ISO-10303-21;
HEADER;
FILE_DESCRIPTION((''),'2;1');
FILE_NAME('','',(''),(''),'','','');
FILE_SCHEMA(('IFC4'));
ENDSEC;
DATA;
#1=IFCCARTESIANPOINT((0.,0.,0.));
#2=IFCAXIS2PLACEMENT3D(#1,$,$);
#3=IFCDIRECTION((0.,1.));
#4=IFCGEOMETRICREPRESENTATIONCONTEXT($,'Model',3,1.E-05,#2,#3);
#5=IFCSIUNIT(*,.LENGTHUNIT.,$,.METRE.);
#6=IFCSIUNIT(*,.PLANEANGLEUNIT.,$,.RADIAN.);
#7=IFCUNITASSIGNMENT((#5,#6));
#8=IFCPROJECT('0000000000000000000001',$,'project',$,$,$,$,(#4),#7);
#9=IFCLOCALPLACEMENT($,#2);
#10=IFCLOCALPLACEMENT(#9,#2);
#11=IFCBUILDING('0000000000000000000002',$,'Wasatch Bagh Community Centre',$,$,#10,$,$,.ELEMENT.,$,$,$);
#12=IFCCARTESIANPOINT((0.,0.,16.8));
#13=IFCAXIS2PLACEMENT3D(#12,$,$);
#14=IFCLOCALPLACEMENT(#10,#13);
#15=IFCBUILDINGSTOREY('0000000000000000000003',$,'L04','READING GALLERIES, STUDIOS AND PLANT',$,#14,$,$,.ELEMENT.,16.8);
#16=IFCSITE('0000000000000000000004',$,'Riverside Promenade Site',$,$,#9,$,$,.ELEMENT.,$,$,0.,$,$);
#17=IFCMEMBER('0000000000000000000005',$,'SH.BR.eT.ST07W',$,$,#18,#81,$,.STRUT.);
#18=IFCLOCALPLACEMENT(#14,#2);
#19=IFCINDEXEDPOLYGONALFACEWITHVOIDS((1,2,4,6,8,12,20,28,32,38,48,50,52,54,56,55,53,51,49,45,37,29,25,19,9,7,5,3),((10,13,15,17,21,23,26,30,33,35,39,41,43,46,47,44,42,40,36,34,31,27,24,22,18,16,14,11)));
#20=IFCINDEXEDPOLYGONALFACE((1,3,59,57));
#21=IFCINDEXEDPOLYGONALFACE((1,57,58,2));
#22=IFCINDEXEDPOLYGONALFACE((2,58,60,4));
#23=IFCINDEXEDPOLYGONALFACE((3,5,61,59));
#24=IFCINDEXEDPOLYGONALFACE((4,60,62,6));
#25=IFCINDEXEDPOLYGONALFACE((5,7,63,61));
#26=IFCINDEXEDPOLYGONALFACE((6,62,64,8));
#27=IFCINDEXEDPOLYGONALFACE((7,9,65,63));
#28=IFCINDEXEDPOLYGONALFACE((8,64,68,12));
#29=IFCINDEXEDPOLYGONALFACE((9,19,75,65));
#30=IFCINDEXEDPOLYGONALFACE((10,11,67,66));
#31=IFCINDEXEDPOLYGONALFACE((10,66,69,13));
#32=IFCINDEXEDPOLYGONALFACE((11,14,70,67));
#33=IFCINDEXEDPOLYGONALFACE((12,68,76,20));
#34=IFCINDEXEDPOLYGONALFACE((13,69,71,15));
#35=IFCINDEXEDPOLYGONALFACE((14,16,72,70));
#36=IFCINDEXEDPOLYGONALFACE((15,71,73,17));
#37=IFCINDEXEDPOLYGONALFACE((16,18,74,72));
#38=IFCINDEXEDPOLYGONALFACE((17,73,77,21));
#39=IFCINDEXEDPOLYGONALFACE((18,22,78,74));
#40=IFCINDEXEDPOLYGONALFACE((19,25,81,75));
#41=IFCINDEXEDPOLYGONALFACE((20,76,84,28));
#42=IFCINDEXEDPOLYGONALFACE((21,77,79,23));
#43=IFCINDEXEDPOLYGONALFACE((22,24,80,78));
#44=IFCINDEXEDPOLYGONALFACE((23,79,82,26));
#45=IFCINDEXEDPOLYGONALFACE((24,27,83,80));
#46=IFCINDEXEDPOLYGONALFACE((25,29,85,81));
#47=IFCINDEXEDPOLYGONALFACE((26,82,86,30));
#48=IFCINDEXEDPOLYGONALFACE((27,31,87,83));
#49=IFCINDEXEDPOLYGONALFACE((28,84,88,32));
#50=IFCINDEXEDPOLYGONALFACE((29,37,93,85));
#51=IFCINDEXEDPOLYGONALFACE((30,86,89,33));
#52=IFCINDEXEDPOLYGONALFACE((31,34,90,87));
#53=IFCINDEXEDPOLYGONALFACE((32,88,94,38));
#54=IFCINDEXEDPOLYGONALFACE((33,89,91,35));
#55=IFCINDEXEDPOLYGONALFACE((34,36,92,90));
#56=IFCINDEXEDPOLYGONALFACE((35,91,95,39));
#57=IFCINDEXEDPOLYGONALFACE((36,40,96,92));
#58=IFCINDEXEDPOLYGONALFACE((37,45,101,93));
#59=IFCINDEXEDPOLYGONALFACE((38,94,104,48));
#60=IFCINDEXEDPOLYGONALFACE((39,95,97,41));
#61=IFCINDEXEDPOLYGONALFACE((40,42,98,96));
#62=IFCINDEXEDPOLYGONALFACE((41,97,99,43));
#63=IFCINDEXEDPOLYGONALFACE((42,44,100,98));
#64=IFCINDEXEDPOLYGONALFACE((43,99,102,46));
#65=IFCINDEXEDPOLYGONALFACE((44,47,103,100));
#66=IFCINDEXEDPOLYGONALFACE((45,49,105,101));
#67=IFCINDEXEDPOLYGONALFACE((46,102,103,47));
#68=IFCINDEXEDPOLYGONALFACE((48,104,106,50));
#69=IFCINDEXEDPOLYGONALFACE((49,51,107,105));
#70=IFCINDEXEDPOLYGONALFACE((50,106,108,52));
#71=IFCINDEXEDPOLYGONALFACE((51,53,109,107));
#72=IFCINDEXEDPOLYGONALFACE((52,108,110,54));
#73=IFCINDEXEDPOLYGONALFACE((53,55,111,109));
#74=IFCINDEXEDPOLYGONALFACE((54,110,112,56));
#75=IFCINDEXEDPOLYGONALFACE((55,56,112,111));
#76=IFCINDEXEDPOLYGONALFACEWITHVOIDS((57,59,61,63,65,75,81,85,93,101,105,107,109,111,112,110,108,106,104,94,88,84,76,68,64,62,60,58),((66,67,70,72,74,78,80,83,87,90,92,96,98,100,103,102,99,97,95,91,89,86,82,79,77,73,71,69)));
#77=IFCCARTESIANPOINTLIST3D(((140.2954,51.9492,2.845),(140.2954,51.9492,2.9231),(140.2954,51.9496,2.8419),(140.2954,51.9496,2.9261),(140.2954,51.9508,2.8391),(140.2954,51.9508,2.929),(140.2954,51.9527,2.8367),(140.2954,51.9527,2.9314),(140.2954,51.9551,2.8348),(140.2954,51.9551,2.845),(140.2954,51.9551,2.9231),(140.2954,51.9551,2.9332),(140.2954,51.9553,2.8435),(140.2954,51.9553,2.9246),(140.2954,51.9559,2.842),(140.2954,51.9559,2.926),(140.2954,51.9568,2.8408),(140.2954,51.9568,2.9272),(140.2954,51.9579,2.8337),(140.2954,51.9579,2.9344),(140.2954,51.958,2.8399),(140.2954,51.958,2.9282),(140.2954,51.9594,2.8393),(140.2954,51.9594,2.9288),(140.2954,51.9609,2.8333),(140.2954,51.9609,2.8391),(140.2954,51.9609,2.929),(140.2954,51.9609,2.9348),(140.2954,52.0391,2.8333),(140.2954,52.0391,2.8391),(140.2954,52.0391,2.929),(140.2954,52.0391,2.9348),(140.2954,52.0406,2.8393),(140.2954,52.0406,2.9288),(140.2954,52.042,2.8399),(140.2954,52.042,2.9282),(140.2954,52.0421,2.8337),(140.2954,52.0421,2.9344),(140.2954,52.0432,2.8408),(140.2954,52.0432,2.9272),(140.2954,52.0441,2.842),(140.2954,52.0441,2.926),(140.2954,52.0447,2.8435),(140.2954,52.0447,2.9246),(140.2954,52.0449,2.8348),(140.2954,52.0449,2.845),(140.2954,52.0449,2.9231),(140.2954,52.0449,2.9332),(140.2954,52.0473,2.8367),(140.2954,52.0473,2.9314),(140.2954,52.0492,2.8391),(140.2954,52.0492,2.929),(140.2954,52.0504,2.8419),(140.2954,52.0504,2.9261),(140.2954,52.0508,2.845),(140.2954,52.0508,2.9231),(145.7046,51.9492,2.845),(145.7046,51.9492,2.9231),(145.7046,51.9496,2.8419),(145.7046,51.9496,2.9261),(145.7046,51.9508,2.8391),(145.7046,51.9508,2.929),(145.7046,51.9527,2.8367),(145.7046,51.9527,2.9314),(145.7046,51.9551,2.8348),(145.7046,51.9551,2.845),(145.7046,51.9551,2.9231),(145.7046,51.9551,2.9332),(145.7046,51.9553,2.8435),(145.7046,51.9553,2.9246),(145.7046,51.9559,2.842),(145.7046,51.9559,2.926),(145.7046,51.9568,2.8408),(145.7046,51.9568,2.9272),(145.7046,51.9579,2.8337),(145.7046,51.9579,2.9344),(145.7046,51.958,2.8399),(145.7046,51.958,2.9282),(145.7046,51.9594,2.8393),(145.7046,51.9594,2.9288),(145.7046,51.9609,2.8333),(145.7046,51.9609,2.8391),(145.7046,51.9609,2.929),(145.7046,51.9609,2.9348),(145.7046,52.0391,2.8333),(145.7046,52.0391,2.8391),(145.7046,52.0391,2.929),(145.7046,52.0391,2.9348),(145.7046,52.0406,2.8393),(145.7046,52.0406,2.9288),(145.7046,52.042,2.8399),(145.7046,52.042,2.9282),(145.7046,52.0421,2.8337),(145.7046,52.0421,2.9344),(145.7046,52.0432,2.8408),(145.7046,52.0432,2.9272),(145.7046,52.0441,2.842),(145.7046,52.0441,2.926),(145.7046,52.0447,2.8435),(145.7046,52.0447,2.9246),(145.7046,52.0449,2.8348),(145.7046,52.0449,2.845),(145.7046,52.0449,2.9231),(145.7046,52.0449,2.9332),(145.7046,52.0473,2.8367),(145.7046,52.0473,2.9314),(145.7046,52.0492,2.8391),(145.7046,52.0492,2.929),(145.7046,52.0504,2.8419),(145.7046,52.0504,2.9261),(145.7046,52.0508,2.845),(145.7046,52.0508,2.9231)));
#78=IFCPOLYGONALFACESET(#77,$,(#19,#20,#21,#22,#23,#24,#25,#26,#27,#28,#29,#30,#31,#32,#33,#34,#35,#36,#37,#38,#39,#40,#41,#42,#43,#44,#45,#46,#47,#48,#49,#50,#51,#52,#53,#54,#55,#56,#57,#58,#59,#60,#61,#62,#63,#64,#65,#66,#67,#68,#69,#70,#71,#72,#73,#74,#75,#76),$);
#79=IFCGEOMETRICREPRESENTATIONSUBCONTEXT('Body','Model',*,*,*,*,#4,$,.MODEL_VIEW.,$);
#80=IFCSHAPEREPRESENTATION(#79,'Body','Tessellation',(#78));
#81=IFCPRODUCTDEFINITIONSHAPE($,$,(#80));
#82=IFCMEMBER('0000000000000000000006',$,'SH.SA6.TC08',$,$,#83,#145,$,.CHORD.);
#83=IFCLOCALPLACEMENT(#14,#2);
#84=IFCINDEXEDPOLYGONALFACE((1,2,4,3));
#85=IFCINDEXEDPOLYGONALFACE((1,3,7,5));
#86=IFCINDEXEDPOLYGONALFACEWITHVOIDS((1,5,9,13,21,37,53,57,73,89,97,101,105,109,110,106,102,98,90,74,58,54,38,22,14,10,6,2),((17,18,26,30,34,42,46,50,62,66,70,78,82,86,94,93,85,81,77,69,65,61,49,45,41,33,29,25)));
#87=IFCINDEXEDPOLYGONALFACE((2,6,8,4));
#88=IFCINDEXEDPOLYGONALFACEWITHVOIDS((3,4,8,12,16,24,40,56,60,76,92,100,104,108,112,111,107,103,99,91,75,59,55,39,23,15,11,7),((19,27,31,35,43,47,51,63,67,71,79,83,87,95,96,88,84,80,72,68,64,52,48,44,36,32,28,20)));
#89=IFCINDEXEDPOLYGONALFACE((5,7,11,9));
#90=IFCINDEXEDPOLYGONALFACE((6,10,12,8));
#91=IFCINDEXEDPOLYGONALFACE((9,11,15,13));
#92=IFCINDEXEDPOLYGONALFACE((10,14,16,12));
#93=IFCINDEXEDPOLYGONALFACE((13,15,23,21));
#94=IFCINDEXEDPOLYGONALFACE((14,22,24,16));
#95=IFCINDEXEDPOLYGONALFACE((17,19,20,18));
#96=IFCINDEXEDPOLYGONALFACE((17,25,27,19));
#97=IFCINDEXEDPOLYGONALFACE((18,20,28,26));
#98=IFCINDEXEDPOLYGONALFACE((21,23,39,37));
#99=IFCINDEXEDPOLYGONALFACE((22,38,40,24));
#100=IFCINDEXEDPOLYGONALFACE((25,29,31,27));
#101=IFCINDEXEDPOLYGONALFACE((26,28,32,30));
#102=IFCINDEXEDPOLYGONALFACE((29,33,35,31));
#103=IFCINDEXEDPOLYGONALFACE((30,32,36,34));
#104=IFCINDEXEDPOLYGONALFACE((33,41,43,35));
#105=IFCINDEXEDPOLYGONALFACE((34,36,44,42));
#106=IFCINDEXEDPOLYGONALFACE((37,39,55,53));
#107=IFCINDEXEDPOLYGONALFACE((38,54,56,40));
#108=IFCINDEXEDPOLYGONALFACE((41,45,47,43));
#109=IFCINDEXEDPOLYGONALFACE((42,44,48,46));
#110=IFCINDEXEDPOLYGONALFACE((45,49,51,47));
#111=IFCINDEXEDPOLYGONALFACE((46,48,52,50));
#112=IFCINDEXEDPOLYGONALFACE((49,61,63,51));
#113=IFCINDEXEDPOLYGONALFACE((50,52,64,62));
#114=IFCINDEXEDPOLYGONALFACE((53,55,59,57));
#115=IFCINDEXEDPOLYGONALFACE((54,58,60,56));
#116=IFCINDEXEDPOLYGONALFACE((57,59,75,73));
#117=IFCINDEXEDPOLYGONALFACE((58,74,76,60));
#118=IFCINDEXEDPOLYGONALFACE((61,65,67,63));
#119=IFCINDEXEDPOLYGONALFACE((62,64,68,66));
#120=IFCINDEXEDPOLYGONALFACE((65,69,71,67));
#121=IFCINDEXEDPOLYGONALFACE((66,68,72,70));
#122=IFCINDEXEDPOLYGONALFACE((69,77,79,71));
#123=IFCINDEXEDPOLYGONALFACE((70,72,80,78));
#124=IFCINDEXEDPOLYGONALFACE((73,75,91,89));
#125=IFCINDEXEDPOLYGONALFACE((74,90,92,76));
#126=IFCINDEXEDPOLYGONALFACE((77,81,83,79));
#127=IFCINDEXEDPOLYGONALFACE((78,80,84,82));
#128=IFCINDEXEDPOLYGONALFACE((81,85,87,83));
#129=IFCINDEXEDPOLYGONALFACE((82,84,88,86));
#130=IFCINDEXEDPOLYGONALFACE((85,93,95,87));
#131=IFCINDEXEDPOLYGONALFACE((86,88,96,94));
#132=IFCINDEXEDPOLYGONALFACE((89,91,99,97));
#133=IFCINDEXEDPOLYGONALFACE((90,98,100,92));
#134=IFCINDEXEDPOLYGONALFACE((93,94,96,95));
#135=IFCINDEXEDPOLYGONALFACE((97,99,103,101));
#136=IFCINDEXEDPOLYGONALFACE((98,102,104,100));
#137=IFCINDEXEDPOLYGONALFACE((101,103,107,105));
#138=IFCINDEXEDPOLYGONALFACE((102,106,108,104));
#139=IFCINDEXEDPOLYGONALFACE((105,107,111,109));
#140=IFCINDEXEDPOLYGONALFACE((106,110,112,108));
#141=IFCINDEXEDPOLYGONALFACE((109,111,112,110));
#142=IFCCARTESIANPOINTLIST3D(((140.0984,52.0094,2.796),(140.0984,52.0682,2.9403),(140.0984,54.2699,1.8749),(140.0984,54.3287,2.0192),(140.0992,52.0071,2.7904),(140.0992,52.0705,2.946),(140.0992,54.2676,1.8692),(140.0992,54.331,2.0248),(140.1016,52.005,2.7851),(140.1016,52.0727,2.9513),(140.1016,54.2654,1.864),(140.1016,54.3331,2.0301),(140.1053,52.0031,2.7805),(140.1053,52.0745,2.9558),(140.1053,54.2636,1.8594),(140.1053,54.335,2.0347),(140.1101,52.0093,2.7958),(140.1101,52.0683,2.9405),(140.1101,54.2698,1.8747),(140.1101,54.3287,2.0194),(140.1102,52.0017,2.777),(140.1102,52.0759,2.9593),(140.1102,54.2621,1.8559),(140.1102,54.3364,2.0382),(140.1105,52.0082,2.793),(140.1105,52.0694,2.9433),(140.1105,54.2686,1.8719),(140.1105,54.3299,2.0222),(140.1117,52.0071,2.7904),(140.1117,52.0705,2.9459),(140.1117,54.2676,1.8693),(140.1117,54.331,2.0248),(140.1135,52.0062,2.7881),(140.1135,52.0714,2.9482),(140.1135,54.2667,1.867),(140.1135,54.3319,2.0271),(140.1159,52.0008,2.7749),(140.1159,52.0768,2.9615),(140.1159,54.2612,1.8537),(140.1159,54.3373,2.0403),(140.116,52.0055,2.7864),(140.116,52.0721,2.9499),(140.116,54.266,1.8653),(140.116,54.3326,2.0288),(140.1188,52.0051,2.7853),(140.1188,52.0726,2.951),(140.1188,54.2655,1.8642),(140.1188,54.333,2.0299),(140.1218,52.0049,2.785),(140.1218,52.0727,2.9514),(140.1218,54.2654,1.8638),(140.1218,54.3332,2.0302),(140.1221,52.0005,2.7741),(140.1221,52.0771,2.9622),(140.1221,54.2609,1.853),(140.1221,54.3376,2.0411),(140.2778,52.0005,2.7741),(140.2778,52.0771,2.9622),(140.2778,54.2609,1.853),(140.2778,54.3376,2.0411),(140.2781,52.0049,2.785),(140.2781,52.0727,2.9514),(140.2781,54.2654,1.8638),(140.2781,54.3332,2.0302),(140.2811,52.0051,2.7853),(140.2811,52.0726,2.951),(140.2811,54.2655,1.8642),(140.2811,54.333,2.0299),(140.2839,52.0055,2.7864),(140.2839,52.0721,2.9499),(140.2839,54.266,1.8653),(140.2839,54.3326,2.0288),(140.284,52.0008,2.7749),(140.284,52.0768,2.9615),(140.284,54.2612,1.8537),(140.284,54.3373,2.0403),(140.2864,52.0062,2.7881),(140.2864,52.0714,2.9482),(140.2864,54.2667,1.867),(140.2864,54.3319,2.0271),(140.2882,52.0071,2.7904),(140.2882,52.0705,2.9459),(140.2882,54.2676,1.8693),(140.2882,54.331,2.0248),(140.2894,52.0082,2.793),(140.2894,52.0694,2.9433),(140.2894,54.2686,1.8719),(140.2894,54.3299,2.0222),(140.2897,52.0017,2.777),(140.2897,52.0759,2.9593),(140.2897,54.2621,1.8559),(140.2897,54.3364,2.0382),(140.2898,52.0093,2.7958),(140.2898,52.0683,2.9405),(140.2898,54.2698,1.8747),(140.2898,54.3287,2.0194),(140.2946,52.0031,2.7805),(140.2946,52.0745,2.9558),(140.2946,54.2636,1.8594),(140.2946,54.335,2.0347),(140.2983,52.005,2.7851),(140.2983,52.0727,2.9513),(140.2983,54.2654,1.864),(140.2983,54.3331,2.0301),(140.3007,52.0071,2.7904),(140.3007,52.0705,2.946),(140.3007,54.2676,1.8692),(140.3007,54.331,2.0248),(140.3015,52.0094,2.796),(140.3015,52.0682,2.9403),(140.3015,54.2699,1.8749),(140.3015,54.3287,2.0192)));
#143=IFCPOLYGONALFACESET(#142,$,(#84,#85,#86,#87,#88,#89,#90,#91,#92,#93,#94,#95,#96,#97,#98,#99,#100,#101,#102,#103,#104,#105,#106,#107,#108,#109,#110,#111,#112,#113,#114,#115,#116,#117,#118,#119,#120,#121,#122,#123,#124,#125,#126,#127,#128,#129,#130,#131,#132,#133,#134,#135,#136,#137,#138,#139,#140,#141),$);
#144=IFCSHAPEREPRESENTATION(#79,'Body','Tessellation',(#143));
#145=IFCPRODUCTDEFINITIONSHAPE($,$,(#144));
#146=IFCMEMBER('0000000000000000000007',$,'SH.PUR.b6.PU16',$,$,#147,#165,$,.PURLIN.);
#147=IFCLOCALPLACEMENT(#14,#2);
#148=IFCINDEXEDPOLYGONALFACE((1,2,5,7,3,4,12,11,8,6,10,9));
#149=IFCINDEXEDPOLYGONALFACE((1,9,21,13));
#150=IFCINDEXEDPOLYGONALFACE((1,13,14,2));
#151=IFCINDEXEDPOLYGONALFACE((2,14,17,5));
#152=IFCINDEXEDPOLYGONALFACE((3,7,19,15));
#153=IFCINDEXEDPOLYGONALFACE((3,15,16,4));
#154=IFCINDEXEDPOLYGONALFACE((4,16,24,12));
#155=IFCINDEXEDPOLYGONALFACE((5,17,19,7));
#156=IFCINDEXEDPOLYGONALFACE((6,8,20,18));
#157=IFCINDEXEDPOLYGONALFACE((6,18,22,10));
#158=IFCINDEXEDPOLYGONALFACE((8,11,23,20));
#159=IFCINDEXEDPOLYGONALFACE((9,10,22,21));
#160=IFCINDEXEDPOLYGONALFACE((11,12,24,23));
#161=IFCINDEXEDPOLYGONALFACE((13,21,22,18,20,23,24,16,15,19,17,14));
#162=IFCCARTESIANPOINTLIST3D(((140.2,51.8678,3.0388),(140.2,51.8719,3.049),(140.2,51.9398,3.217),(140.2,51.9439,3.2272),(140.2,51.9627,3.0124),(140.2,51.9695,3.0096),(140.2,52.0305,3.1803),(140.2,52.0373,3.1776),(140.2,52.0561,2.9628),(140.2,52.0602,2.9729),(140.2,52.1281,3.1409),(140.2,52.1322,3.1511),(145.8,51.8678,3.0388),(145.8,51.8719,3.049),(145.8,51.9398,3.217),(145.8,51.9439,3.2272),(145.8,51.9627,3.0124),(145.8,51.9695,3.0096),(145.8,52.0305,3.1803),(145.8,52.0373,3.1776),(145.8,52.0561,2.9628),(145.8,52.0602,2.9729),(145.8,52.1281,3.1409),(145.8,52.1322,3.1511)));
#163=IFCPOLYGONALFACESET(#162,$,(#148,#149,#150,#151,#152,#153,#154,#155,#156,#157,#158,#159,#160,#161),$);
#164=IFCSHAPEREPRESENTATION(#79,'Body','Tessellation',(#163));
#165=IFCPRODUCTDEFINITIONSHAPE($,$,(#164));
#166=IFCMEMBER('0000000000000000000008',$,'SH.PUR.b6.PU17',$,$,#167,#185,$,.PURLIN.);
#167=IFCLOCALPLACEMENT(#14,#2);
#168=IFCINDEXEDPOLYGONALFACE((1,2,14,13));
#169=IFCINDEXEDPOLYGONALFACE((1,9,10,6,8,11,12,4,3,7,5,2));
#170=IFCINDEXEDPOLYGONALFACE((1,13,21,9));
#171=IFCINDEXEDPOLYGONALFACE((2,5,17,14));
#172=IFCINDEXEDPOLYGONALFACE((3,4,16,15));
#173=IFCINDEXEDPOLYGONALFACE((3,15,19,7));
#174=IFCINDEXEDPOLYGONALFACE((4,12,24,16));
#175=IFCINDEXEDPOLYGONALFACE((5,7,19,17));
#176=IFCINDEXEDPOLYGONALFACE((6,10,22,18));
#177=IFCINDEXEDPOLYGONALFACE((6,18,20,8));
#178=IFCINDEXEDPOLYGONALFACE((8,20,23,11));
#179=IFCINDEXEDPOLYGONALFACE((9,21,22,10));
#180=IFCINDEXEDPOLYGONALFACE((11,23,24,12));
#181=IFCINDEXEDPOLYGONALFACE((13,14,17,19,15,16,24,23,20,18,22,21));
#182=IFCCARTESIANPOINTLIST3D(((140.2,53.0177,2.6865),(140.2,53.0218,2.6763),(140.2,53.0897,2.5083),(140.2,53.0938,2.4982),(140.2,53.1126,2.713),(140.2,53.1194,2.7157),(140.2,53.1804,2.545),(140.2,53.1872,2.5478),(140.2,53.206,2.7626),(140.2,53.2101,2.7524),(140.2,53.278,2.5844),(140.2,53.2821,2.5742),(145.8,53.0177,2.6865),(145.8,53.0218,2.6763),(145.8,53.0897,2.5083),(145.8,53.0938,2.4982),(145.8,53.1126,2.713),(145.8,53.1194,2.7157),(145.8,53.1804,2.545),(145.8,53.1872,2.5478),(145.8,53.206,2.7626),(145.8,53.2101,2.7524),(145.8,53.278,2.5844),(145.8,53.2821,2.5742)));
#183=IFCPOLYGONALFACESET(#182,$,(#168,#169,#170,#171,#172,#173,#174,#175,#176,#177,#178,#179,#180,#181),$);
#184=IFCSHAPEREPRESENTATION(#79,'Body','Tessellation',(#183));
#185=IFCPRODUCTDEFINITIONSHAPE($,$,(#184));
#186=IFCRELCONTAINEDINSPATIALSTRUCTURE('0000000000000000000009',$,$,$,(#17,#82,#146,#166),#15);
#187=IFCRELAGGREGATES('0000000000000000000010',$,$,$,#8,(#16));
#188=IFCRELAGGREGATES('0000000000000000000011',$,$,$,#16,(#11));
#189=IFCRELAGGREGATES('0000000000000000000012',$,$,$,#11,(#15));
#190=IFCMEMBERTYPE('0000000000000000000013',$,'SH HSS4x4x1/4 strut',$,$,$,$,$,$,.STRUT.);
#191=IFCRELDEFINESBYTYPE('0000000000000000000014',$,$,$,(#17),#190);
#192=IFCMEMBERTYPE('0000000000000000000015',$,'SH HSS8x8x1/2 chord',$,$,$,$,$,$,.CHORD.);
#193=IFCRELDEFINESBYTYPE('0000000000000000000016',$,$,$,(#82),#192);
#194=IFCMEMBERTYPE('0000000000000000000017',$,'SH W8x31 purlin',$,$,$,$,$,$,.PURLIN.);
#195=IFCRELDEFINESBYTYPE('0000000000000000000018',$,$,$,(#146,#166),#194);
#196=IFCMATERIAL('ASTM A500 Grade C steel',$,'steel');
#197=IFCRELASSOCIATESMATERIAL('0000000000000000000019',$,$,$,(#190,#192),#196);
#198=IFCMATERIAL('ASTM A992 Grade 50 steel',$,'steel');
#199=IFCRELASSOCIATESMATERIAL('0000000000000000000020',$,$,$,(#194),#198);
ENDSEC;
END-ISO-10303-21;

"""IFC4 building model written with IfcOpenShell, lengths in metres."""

from ifc_helpers import new_model, si_unit, direction, frame, origin, origin_2d, place, context, subcontext, project, spatial, hollow_rectangle, i_section, extrude, material, material_profile, profile_set, type_object, element, save


model = new_model("IFC4")

# Units and contexts
model_context = context("Model", 3, precision=1e-05, world=origin(), true_north=direction((0.0, 1.0)))
body_context = subcontext(model_context, "Body", "Model", "MODEL_VIEW")
ifc_project = project(units=[si_unit("LENGTHUNIT", "METRE"), si_unit("PLANEANGLEUNIT", "RADIAN")], contexts=[model_context])

# Site, building, storey
site_placement = place(None, origin())
site = spatial("IfcSite", under=ifc_project, at=site_placement, Name="Riverside Promenade Site", CompositionType="ELEMENT", RefElevation=0.0)
building_placement = place(site_placement, origin())
building = spatial("IfcBuilding", under=site, at=building_placement, Name="Wasatch Bagh Community Centre", CompositionType="ELEMENT")
storey_placement = place(building_placement, frame((0.0, 0.0, 16.8)))
storey = spatial("IfcBuildingStorey", under=building, at=storey_placement, Name="L04", Description="READING GALLERIES, STUDIOS AND PLANT", CompositionType="ELEMENT", Elevation=16.8)

# Members
ifc_material_1 = material(Name="ASTM A500 Grade C steel", Category="steel")
ifc_material_profile_1 = material_profile(ifc_material_1, hollow_rectangle(XDim=0.1016, YDim=0.1016, WallThickness=0.0059, InnerFilletRadius=0.0059, OuterFilletRadius=0.0117, at=origin_2d()), Name="HSS4x4x1/4")
ifc_profile_set_1 = profile_set([ifc_material_profile_1], Name="ASTM A500 Grade C steel")
member_type_1 = type_object("IfcMemberType", Name="SH HSS4x4x1/4 strut", PredefinedType="STRUT", material=ifc_profile_set_1)
member_1_placement = place(storey_placement, frame((140.2954, 52.0, 2.884), z_axis=(1.0, 0.0, 0.0), x_axis=(0.0, 1.0, 0.0)))
element("IfcMember", 1, at=member_1_placement, inside=storey, type_object=member_type_1, Name="SH.BR.eT.ST07W", PredefinedType="STRUT", context=body_context, shape_type="SweptSolid", body=[
    extrude(hollow_rectangle(XDim=0.1016, YDim=0.1016, WallThickness=0.0059, InnerFilletRadius=0.0059, OuterFilletRadius=0.0117, at=origin_2d()), origin(), (0.0, 0.0, 1.0), 5.4092),
])
ifc_material_profile_2 = material_profile(ifc_material_1, hollow_rectangle(XDim=0.2031, YDim=0.2031, WallThickness=0.0117, InnerFilletRadius=0.0117, OuterFilletRadius=0.0237, at=origin_2d()), Name="HSS8x8x1/2")
ifc_profile_set_2 = profile_set([ifc_material_profile_2], Name="ASTM A500 Grade C steel")
member_type_2 = type_object("IfcMemberType", Name="SH HSS8x8x1/2 chord", PredefinedType="CHORD", material=ifc_profile_set_2)
member_2_placement = place(storey_placement, frame((140.2, 52.0388, 2.8682), z_axis=(0.0, 0.926064, -0.377367), x_axis=(-1.0, 0.0, 0.0)))
element("IfcMember", 2, at=member_2_placement, inside=storey, type_object=member_type_2, Name="SH.SA6.TC08", PredefinedType="CHORD", context=body_context, shape_type="SweptSolid", body=[
    extrude(hollow_rectangle(XDim=0.2031, YDim=0.2031, WallThickness=0.0117, InnerFilletRadius=0.0117, OuterFilletRadius=0.0237, at=origin_2d()), origin(), (0.0, 0.0, 1.0), 2.4409),
])
ifc_material_2 = material(Name="ASTM A992 Grade 50 steel", Category="steel")
ifc_material_profile_3 = material_profile(ifc_material_2, i_section(OverallWidth=0.2031, OverallDepth=0.2031, WebThickness=0.0073, FlangeThickness=0.011, at=origin_2d()), Name="W8x31")
ifc_profile_set_3 = profile_set([ifc_material_profile_3], Name="ASTM A992 Grade 50 steel")
member_type_3 = type_object("IfcMemberType", Name="SH W8x31 purlin", PredefinedType="PURLIN", material=ifc_profile_set_3)
for number, where, z_axis, x_axis, name in (
    (3, (140.2, 52.0, 3.095), (1.0, 0.0, 0.0), (0.0, 0.927184, -0.374607), "SH.PUR.b6.PU16"),
    (4, (140.2, 53.1499, 2.6304), (1.0, 0.0, 0.0), (0.0, 0.927184, 0.374607), "SH.PUR.b6.PU17"),
):
    element("IfcMember", number, at=place(storey_placement, frame(where, z_axis=z_axis, x_axis=x_axis)), inside=storey, type_object=member_type_3, Name=name, PredefinedType="PURLIN", context=body_context, shape_type="SweptSolid", body=[
        extrude(i_section(OverallWidth=0.2031, OverallDepth=0.2031, WebThickness=0.0073, FlangeThickness=0.011, at=origin_2d()), origin(), (0.0, 0.0, 1.0), 5.6001),
    ])

save(model, "model.ifc")
